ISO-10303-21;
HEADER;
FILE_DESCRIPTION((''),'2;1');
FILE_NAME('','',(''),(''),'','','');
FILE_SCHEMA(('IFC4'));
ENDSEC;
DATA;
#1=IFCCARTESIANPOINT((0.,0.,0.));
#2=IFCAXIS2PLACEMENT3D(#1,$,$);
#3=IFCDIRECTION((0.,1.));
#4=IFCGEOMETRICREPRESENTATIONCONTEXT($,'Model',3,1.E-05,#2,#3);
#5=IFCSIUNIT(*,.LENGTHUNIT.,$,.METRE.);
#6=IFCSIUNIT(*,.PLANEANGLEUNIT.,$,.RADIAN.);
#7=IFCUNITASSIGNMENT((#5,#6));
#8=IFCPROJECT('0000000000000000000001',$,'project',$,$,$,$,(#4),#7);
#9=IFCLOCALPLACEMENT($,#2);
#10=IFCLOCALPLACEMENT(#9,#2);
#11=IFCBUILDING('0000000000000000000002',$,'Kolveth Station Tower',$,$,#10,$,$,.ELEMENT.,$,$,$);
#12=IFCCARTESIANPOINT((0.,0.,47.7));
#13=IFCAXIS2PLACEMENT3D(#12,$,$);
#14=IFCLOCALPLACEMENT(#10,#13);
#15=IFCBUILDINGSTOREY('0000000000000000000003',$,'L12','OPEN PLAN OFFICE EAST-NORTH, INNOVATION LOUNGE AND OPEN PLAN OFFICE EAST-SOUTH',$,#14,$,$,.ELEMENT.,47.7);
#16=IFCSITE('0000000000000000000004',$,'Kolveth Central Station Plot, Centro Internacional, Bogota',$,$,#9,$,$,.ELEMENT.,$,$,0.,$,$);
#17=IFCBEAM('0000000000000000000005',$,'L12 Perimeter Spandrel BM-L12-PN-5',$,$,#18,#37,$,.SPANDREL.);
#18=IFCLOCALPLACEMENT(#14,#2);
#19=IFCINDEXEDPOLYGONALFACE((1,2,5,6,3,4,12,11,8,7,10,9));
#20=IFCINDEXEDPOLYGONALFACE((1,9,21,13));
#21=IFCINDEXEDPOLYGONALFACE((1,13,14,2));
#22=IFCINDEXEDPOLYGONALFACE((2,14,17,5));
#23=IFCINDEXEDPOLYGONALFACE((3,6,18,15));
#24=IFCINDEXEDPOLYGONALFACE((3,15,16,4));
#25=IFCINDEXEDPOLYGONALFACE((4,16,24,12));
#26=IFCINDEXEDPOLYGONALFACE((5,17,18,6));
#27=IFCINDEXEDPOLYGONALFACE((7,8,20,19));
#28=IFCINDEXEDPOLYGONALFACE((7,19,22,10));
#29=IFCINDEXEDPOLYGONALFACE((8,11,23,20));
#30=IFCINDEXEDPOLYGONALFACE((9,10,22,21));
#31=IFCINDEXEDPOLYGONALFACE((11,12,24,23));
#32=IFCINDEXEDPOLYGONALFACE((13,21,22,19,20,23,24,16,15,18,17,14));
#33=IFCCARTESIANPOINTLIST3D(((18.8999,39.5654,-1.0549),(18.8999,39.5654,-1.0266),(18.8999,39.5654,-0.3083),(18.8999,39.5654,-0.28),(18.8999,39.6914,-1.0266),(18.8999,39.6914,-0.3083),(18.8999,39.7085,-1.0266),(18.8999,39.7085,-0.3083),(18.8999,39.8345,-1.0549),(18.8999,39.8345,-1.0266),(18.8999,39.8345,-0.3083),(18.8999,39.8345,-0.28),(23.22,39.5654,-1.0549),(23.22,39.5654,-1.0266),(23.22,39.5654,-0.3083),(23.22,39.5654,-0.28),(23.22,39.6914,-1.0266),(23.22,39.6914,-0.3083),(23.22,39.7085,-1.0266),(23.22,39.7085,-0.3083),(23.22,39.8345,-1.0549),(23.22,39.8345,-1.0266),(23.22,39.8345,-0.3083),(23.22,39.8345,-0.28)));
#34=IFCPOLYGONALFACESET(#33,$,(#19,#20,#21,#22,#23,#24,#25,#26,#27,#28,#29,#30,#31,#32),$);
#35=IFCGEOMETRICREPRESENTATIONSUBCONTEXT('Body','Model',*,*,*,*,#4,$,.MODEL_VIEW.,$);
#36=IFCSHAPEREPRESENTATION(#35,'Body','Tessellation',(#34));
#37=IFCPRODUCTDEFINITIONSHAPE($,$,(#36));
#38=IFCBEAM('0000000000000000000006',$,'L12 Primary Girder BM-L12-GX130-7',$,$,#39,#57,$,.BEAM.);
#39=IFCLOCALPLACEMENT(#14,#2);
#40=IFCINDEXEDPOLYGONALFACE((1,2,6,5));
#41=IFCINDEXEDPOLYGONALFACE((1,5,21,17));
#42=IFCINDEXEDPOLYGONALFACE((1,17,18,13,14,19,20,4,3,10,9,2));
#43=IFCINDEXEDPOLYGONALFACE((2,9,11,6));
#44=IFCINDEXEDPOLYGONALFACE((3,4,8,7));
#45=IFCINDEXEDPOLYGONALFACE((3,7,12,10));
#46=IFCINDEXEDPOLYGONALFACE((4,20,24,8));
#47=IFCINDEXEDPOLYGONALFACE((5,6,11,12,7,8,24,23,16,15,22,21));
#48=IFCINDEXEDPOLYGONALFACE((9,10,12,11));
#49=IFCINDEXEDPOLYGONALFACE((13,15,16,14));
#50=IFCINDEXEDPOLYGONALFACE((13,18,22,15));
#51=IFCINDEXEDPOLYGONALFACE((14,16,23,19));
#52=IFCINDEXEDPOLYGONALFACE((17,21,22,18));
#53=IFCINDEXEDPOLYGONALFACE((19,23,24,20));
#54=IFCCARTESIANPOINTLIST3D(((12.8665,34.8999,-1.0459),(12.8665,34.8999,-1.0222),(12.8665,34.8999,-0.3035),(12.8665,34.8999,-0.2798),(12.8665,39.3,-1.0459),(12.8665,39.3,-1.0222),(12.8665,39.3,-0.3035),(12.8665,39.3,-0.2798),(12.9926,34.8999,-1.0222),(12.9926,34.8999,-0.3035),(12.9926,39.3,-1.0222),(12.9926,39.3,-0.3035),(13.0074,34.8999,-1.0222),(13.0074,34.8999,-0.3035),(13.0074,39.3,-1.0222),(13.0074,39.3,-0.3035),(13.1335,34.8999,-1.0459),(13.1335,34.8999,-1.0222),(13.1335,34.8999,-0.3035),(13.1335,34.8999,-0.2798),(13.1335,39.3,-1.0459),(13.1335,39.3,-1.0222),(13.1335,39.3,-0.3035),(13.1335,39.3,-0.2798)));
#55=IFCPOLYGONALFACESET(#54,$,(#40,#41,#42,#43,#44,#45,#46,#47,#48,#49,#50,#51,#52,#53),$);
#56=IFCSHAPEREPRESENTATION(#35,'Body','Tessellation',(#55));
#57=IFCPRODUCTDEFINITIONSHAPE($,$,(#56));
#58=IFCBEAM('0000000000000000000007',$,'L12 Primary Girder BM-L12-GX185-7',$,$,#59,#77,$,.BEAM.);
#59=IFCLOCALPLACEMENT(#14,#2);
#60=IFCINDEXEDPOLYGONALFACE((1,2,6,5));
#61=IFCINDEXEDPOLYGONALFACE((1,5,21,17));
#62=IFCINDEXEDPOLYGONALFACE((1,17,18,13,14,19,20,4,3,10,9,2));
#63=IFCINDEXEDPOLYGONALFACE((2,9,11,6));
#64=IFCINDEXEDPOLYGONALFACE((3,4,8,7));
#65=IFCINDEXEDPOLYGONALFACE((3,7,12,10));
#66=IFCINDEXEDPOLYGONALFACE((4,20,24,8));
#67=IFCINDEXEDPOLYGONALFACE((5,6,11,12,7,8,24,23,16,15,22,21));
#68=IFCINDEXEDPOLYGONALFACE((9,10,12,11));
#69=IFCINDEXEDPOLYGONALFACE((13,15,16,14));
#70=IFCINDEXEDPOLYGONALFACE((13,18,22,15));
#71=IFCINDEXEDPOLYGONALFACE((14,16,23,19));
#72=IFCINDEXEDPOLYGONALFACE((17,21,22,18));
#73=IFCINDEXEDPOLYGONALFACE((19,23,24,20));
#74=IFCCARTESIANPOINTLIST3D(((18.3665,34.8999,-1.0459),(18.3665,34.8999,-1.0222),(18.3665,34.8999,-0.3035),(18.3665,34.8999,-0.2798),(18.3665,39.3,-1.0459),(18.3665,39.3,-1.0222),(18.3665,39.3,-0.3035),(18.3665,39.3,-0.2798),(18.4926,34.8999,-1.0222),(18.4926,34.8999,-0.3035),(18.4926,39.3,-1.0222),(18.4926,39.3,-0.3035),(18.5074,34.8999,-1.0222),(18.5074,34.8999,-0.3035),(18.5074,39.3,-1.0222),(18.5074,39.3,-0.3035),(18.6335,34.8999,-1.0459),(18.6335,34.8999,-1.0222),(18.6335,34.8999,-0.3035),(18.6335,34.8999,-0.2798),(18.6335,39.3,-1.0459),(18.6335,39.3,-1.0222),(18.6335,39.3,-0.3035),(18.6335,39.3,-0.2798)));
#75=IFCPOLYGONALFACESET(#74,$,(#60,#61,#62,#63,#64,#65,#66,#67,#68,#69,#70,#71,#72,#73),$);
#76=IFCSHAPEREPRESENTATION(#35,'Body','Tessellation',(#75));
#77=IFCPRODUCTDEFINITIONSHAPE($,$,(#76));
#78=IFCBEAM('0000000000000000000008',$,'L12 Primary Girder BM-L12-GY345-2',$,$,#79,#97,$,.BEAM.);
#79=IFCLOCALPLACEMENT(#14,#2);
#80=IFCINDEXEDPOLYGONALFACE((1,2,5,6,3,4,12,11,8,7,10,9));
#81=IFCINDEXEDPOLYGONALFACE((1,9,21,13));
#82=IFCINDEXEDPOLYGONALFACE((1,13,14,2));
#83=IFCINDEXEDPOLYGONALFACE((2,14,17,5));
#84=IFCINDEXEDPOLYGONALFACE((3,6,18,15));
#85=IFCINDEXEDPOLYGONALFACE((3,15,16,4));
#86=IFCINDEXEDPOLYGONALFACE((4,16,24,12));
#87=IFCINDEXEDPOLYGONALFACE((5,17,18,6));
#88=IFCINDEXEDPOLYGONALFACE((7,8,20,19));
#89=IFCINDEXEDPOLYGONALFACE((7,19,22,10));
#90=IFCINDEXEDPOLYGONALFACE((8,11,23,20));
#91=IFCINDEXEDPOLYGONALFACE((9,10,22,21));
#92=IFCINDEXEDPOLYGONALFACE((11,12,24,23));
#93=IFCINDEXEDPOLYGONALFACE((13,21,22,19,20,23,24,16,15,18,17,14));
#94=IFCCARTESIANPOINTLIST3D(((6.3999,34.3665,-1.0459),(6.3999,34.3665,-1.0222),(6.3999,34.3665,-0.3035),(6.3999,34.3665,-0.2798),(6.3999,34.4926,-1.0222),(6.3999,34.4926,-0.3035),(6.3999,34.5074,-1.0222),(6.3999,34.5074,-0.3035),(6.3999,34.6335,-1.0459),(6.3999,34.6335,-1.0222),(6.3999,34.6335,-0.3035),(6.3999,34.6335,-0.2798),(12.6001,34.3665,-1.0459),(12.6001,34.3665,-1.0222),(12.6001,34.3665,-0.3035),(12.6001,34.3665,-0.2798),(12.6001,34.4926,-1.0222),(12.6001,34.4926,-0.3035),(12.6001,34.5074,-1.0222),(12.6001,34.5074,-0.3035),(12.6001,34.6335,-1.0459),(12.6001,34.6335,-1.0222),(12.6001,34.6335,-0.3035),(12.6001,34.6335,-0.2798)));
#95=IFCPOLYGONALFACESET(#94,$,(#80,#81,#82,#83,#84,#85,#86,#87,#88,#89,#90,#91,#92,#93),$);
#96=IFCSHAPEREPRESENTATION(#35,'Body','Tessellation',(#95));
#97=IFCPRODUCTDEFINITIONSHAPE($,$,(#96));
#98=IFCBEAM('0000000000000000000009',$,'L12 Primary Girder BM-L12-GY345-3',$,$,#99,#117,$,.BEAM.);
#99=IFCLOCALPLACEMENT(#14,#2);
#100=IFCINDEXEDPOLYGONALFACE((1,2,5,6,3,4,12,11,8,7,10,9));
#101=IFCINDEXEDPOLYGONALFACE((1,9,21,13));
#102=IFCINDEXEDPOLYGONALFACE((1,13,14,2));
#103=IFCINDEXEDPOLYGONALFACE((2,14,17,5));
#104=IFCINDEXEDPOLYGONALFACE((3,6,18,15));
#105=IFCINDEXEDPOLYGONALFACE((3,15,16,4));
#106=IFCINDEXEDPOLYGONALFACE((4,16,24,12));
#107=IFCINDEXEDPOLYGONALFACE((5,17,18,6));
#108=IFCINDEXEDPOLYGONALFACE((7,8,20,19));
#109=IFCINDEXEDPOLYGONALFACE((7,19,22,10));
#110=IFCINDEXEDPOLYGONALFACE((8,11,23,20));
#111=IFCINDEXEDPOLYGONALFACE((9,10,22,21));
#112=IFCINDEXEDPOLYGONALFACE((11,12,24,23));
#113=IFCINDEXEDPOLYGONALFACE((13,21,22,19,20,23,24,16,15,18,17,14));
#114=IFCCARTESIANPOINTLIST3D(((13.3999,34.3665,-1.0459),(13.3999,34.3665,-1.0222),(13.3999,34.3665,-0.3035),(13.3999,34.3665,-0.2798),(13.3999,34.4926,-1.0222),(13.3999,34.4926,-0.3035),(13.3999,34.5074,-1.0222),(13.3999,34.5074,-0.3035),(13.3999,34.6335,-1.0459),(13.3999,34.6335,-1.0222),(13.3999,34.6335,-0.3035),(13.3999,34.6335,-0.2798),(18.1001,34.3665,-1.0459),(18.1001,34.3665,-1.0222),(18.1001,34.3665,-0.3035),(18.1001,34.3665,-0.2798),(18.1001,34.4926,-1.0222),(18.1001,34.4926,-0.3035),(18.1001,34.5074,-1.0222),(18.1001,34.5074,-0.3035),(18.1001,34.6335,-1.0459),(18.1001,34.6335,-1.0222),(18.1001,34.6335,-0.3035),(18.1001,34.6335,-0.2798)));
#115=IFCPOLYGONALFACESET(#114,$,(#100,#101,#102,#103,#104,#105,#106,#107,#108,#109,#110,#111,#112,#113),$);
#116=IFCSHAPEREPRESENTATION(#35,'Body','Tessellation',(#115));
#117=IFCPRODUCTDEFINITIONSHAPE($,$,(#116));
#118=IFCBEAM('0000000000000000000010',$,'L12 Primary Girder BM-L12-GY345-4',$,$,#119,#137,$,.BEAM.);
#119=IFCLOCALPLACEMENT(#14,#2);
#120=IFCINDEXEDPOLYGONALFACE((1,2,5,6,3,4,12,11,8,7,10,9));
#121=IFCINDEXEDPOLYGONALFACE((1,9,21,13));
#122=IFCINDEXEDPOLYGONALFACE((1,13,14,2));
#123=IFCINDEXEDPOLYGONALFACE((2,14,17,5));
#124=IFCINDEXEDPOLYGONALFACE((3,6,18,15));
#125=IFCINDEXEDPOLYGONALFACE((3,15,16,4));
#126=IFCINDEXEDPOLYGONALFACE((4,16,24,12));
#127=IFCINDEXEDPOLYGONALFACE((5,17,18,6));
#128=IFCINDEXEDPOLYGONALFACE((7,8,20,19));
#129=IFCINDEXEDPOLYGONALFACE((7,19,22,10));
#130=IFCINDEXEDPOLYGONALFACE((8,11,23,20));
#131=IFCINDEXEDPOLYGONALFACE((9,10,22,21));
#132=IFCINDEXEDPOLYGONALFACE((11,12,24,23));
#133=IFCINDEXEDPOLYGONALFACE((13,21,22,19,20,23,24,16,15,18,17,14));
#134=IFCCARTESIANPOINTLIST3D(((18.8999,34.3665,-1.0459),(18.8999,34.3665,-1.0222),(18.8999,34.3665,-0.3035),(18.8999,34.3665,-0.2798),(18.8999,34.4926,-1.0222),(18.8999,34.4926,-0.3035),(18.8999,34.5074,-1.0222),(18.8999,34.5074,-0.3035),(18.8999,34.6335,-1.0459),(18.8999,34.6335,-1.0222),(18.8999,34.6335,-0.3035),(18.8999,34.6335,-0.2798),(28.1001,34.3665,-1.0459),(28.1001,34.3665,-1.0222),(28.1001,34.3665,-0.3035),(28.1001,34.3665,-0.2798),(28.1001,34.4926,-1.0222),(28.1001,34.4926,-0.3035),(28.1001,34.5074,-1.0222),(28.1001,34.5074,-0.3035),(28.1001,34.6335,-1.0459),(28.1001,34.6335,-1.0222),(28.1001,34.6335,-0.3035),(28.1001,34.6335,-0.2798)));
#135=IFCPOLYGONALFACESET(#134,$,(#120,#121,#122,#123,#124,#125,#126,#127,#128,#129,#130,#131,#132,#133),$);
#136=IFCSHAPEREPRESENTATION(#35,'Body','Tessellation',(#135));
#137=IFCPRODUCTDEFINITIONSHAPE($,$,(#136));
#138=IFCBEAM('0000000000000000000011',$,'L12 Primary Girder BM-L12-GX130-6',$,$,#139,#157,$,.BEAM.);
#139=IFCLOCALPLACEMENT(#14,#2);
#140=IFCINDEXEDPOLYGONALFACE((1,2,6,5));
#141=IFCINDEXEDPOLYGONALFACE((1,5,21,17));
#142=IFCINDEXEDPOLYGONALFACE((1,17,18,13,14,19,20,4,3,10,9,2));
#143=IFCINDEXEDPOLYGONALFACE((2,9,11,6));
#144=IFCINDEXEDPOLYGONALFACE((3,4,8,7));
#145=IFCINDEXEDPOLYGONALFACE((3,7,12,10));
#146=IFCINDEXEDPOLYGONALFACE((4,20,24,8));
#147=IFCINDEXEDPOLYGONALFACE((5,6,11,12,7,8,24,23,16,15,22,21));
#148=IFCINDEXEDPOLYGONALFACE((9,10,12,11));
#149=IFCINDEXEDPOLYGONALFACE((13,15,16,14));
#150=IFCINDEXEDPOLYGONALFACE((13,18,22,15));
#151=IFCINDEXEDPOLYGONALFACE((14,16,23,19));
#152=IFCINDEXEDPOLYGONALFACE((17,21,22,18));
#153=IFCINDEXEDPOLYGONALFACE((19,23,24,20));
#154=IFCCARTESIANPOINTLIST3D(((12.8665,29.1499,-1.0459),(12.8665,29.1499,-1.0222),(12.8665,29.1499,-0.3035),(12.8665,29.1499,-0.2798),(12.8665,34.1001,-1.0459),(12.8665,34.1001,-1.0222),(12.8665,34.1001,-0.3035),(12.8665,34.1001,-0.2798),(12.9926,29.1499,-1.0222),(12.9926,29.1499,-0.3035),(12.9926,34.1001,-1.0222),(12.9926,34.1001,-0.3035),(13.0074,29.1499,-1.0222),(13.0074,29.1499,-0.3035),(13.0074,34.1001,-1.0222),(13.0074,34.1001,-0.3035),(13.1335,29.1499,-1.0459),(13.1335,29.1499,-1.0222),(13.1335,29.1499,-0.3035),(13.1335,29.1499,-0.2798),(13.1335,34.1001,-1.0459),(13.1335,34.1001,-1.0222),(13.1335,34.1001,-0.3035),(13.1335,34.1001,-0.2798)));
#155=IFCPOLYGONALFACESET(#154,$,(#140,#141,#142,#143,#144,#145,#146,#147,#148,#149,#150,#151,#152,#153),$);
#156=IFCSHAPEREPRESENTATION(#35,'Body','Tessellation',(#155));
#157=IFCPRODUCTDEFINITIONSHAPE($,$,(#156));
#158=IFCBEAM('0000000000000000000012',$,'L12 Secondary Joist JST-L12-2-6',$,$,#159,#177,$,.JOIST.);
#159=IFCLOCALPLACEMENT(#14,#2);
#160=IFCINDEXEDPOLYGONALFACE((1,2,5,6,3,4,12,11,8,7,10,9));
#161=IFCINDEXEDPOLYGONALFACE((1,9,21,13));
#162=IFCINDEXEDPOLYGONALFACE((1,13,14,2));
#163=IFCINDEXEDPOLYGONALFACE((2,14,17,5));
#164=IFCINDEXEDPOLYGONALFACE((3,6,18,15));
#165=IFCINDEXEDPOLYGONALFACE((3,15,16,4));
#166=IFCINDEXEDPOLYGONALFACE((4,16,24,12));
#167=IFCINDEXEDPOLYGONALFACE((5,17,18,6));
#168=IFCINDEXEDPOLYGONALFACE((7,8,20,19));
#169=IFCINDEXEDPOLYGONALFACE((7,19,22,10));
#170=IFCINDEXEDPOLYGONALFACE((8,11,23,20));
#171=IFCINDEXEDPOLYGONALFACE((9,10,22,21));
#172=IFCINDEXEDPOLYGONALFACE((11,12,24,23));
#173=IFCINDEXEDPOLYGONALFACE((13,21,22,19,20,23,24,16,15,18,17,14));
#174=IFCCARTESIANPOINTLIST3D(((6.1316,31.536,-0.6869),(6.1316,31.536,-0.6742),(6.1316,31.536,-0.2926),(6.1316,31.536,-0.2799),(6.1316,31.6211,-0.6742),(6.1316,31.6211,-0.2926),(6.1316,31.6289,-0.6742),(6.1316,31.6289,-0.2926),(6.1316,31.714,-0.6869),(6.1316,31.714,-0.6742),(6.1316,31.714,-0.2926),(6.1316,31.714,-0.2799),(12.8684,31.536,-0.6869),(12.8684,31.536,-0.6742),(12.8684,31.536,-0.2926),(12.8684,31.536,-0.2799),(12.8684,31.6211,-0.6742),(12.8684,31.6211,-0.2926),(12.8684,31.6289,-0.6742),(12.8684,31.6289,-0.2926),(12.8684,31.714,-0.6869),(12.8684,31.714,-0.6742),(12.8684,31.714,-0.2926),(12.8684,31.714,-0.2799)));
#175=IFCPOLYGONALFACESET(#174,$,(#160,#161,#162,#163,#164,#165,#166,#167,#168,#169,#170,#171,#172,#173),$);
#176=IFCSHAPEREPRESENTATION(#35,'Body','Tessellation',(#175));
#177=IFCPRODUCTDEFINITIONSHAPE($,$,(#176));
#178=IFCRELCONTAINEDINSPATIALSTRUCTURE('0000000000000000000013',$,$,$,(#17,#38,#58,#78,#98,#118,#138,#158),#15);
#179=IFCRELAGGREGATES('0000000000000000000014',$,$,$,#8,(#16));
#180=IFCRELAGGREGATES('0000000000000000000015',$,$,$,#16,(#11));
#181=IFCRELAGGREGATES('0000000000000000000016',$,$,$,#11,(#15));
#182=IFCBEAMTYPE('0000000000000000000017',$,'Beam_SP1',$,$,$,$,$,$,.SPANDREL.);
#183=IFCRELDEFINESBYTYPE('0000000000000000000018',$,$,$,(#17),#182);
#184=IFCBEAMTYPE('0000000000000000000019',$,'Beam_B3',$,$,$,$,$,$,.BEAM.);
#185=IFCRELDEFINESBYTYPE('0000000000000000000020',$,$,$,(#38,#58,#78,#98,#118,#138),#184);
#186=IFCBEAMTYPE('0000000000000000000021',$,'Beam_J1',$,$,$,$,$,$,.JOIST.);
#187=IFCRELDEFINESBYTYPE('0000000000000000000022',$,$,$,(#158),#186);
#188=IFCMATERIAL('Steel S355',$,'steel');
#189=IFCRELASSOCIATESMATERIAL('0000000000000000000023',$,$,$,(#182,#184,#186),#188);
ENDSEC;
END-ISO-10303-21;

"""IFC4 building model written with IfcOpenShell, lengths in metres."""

from ifc_helpers import new_model, si_unit, direction, frame, origin, origin_2d, place, context, subcontext, project, spatial, i_section, extrude, source, transform, mapped, material, material_profile, profile_set, type_object, element, save


model = new_model("IFC4")

# Units and contexts
model_context = context("Model", 3, precision=1e-05, world=origin(), true_north=direction((0.0, 1.0)))
body_context = subcontext(model_context, "Body", "Model", "MODEL_VIEW")
ifc_project = project(units=[si_unit("LENGTHUNIT", "METRE"), si_unit("PLANEANGLEUNIT", "RADIAN")], contexts=[model_context])

# Site, building, storey
site_placement = place(None, origin())
site = spatial("IfcSite", under=ifc_project, at=site_placement, Name="Kolveth Central Station Plot, Centro Internacional, Bogota", CompositionType="ELEMENT", RefElevation=0.0)
building_placement = place(site_placement, origin())
building = spatial("IfcBuilding", under=site, at=building_placement, Name="Kolveth Station Tower", CompositionType="ELEMENT")
storey_placement = place(building_placement, frame((0.0, 0.0, 47.7)))
storey = spatial("IfcBuildingStorey", under=building, at=storey_placement, Name="L12", Description="OPEN PLAN OFFICE EAST-NORTH, INNOVATION LOUNGE AND OPEN PLAN OFFICE EAST-SOUTH", CompositionType="ELEMENT", Elevation=47.7)

# Shared definitions
ifc_material_1 = material(Name="Steel S355", Category="steel")

# Beams
ifc_material_profile_1 = material_profile(ifc_material_1, i_section(OverallWidth=0.269, OverallDepth=0.7749, WebThickness=0.0171, FlangeThickness=0.0283, at=origin_2d()), Name="W760x220")
ifc_profile_set_1 = profile_set([ifc_material_profile_1], Name="Steel S355")
beam_type_1 = type_object("IfcBeamType", Name="Beam_SP1", PredefinedType="SPANDREL", material=ifc_profile_set_1)
shared_shape_1 = source(origin(), body_context, "Body", "SweptSolid", [
    extrude(i_section(OverallWidth=0.269, OverallDepth=0.7749, WebThickness=0.0171, FlangeThickness=0.0283, at=origin_2d()), origin(), (0.0, 0.0, 1.0), 4.3201),
])
beam_1_placement = place(storey_placement, frame((18.8999, 39.7, -0.6675), z_axis=(1.0, 0.0, 0.0), x_axis=(0.0, 1.0, 0.0)))
element("IfcBeam", 1, at=beam_1_placement, inside=storey, type_object=beam_type_1, Name="L12 Perimeter Spandrel BM-L12-PN-5", PredefinedType="SPANDREL", context=body_context, shape_type="MappedRepresentation", body=[
    mapped(shared_shape_1, transform((0.0, 0.0, 0.0), x_axis=(1.0, 0.0, 0.0), y_axis=(0.0, 1.0, 0.0), z_axis=(0.0, 0.0, 1.0), scale=1.0)),
])
ifc_material_profile_2 = material_profile(ifc_material_1, i_section(OverallWidth=0.2671, OverallDepth=0.7661, WebThickness=0.0149, FlangeThickness=0.0237, at=origin_2d()), Name="W760x185")
ifc_profile_set_2 = profile_set([ifc_material_profile_2], Name="Steel S355")
beam_type_2 = type_object("IfcBeamType", Name="Beam_B3", PredefinedType="BEAM", material=ifc_profile_set_2)
shared_shape_2 = source(origin(), body_context, "Body", "SweptSolid", [
    extrude(i_section(OverallWidth=0.2671, OverallDepth=0.7661, WebThickness=0.0149, FlangeThickness=0.0237, at=origin_2d()), origin(), (0.0, 0.0, 1.0), 4.4001),
])
for number, where, z_axis, x_axis, name in (
    (2, (13.0, 34.8999, -0.6628), (0.0, 1.0, 0.0), (-1.0, 0.0, 0.0), "L12 Primary Girder BM-L12-GX130-7"),
    (3, (18.5, 34.8999, -0.6628), (0.0, 1.0, 0.0), (-1.0, 0.0, 0.0), "L12 Primary Girder BM-L12-GX185-7"),
):
    element("IfcBeam", number, at=place(storey_placement, frame(where, z_axis=z_axis, x_axis=x_axis)), inside=storey, type_object=beam_type_2, Name=name, PredefinedType="BEAM", context=body_context, shape_type="MappedRepresentation", body=[
        mapped(shared_shape_2, transform((0.0, 0.0, 0.0), x_axis=(1.0, 0.0, 0.0), y_axis=(0.0, 1.0, 0.0), z_axis=(0.0, 0.0, 1.0), scale=1.0)),
    ])
shared_shape_3 = source(origin(), body_context, "Body", "SweptSolid", [
    extrude(i_section(OverallWidth=0.2671, OverallDepth=0.7661, WebThickness=0.0149, FlangeThickness=0.0237, at=origin_2d()), origin(), (0.0, 0.0, 1.0), 6.2002),
])
beam_2_placement = place(storey_placement, frame((6.3999, 34.5, -0.6628), z_axis=(1.0, 0.0, 0.0), x_axis=(0.0, 1.0, 0.0)))
element("IfcBeam", 4, at=beam_2_placement, inside=storey, type_object=beam_type_2, Name="L12 Primary Girder BM-L12-GY345-2", PredefinedType="BEAM", context=body_context, shape_type="MappedRepresentation", body=[
    mapped(shared_shape_3, transform((0.0, 0.0, 0.0), x_axis=(1.0, 0.0, 0.0), y_axis=(0.0, 1.0, 0.0), z_axis=(0.0, 0.0, 1.0), scale=1.0)),
])
shared_shape_4 = source(origin(), body_context, "Body", "SweptSolid", [
    extrude(i_section(OverallWidth=0.2671, OverallDepth=0.7661, WebThickness=0.0149, FlangeThickness=0.0237, at=origin_2d()), origin(), (0.0, 0.0, 1.0), 4.7002),
])
beam_3_placement = place(storey_placement, frame((13.3999, 34.5, -0.6628), z_axis=(1.0, 0.0, 0.0), x_axis=(0.0, 1.0, 0.0)))
element("IfcBeam", 5, at=beam_3_placement, inside=storey, type_object=beam_type_2, Name="L12 Primary Girder BM-L12-GY345-3", PredefinedType="BEAM", context=body_context, shape_type="MappedRepresentation", body=[
    mapped(shared_shape_4, transform((0.0, 0.0, 0.0), x_axis=(1.0, 0.0, 0.0), y_axis=(0.0, 1.0, 0.0), z_axis=(0.0, 0.0, 1.0), scale=1.0)),
])
shared_shape_5 = source(origin(), body_context, "Body", "SweptSolid", [
    extrude(i_section(OverallWidth=0.2671, OverallDepth=0.7661, WebThickness=0.0149, FlangeThickness=0.0237, at=origin_2d()), origin(), (0.0, 0.0, 1.0), 9.2002),
])
beam_4_placement = place(storey_placement, frame((18.8999, 34.5, -0.6628), z_axis=(1.0, 0.0, 0.0), x_axis=(0.0, 1.0, 0.0)))
element("IfcBeam", 6, at=beam_4_placement, inside=storey, type_object=beam_type_2, Name="L12 Primary Girder BM-L12-GY345-4", PredefinedType="BEAM", context=body_context, shape_type="MappedRepresentation", body=[
    mapped(shared_shape_5, transform((0.0, 0.0, 0.0), x_axis=(1.0, 0.0, 0.0), y_axis=(0.0, 1.0, 0.0), z_axis=(0.0, 0.0, 1.0), scale=1.0)),
])
shared_shape_6 = source(origin(), body_context, "Body", "SweptSolid", [
    extrude(i_section(OverallWidth=0.2671, OverallDepth=0.7661, WebThickness=0.0149, FlangeThickness=0.0237, at=origin_2d()), origin(), (0.0, 0.0, 1.0), 4.9502),
])
beam_5_placement = place(storey_placement, frame((13.0, 29.1499, -0.6628), z_axis=(0.0, 1.0, 0.0), x_axis=(-1.0, 0.0, 0.0)))
element("IfcBeam", 7, at=beam_5_placement, inside=storey, type_object=beam_type_2, Name="L12 Primary Girder BM-L12-GX130-6", PredefinedType="BEAM", context=body_context, shape_type="MappedRepresentation", body=[
    mapped(shared_shape_6, transform((0.0, 0.0, 0.0), x_axis=(1.0, 0.0, 0.0), y_axis=(0.0, 1.0, 0.0), z_axis=(0.0, 0.0, 1.0), scale=1.0)),
])
ifc_material_profile_3 = material_profile(ifc_material_1, i_section(OverallWidth=0.178, OverallDepth=0.407, WebThickness=0.0078, FlangeThickness=0.0127, at=origin_2d()), Name="W410x60")
ifc_profile_set_3 = profile_set([ifc_material_profile_3], Name="Steel S355")
beam_type_3 = type_object("IfcBeamType", Name="Beam_J1", PredefinedType="JOIST", material=ifc_profile_set_3)
shared_shape_7 = source(origin(), body_context, "Body", "SweptSolid", [
    extrude(i_section(OverallWidth=0.178, OverallDepth=0.407, WebThickness=0.0078, FlangeThickness=0.0127, at=origin_2d()), origin(), (0.0, 0.0, 1.0), 6.7368),
])
for number, where, z_axis, x_axis, name in (
    (8, (6.1316, 31.625, -0.4834), (1.0, 0.0, 0.0), (0.0, 1.0, 0.0), "L12 Secondary Joist JST-L12-2-6"),
):
    element("IfcBeam", number, at=place(storey_placement, frame(where, z_axis=z_axis, x_axis=x_axis)), inside=storey, type_object=beam_type_3, Name=name, PredefinedType="JOIST", context=body_context, shape_type="MappedRepresentation", body=[
        mapped(shared_shape_7, transform((0.0, 0.0, 0.0), x_axis=(1.0, 0.0, 0.0), y_axis=(0.0, 1.0, 0.0), z_axis=(0.0, 0.0, 1.0), scale=1.0)),
    ])

save(model, "model.ifc")
